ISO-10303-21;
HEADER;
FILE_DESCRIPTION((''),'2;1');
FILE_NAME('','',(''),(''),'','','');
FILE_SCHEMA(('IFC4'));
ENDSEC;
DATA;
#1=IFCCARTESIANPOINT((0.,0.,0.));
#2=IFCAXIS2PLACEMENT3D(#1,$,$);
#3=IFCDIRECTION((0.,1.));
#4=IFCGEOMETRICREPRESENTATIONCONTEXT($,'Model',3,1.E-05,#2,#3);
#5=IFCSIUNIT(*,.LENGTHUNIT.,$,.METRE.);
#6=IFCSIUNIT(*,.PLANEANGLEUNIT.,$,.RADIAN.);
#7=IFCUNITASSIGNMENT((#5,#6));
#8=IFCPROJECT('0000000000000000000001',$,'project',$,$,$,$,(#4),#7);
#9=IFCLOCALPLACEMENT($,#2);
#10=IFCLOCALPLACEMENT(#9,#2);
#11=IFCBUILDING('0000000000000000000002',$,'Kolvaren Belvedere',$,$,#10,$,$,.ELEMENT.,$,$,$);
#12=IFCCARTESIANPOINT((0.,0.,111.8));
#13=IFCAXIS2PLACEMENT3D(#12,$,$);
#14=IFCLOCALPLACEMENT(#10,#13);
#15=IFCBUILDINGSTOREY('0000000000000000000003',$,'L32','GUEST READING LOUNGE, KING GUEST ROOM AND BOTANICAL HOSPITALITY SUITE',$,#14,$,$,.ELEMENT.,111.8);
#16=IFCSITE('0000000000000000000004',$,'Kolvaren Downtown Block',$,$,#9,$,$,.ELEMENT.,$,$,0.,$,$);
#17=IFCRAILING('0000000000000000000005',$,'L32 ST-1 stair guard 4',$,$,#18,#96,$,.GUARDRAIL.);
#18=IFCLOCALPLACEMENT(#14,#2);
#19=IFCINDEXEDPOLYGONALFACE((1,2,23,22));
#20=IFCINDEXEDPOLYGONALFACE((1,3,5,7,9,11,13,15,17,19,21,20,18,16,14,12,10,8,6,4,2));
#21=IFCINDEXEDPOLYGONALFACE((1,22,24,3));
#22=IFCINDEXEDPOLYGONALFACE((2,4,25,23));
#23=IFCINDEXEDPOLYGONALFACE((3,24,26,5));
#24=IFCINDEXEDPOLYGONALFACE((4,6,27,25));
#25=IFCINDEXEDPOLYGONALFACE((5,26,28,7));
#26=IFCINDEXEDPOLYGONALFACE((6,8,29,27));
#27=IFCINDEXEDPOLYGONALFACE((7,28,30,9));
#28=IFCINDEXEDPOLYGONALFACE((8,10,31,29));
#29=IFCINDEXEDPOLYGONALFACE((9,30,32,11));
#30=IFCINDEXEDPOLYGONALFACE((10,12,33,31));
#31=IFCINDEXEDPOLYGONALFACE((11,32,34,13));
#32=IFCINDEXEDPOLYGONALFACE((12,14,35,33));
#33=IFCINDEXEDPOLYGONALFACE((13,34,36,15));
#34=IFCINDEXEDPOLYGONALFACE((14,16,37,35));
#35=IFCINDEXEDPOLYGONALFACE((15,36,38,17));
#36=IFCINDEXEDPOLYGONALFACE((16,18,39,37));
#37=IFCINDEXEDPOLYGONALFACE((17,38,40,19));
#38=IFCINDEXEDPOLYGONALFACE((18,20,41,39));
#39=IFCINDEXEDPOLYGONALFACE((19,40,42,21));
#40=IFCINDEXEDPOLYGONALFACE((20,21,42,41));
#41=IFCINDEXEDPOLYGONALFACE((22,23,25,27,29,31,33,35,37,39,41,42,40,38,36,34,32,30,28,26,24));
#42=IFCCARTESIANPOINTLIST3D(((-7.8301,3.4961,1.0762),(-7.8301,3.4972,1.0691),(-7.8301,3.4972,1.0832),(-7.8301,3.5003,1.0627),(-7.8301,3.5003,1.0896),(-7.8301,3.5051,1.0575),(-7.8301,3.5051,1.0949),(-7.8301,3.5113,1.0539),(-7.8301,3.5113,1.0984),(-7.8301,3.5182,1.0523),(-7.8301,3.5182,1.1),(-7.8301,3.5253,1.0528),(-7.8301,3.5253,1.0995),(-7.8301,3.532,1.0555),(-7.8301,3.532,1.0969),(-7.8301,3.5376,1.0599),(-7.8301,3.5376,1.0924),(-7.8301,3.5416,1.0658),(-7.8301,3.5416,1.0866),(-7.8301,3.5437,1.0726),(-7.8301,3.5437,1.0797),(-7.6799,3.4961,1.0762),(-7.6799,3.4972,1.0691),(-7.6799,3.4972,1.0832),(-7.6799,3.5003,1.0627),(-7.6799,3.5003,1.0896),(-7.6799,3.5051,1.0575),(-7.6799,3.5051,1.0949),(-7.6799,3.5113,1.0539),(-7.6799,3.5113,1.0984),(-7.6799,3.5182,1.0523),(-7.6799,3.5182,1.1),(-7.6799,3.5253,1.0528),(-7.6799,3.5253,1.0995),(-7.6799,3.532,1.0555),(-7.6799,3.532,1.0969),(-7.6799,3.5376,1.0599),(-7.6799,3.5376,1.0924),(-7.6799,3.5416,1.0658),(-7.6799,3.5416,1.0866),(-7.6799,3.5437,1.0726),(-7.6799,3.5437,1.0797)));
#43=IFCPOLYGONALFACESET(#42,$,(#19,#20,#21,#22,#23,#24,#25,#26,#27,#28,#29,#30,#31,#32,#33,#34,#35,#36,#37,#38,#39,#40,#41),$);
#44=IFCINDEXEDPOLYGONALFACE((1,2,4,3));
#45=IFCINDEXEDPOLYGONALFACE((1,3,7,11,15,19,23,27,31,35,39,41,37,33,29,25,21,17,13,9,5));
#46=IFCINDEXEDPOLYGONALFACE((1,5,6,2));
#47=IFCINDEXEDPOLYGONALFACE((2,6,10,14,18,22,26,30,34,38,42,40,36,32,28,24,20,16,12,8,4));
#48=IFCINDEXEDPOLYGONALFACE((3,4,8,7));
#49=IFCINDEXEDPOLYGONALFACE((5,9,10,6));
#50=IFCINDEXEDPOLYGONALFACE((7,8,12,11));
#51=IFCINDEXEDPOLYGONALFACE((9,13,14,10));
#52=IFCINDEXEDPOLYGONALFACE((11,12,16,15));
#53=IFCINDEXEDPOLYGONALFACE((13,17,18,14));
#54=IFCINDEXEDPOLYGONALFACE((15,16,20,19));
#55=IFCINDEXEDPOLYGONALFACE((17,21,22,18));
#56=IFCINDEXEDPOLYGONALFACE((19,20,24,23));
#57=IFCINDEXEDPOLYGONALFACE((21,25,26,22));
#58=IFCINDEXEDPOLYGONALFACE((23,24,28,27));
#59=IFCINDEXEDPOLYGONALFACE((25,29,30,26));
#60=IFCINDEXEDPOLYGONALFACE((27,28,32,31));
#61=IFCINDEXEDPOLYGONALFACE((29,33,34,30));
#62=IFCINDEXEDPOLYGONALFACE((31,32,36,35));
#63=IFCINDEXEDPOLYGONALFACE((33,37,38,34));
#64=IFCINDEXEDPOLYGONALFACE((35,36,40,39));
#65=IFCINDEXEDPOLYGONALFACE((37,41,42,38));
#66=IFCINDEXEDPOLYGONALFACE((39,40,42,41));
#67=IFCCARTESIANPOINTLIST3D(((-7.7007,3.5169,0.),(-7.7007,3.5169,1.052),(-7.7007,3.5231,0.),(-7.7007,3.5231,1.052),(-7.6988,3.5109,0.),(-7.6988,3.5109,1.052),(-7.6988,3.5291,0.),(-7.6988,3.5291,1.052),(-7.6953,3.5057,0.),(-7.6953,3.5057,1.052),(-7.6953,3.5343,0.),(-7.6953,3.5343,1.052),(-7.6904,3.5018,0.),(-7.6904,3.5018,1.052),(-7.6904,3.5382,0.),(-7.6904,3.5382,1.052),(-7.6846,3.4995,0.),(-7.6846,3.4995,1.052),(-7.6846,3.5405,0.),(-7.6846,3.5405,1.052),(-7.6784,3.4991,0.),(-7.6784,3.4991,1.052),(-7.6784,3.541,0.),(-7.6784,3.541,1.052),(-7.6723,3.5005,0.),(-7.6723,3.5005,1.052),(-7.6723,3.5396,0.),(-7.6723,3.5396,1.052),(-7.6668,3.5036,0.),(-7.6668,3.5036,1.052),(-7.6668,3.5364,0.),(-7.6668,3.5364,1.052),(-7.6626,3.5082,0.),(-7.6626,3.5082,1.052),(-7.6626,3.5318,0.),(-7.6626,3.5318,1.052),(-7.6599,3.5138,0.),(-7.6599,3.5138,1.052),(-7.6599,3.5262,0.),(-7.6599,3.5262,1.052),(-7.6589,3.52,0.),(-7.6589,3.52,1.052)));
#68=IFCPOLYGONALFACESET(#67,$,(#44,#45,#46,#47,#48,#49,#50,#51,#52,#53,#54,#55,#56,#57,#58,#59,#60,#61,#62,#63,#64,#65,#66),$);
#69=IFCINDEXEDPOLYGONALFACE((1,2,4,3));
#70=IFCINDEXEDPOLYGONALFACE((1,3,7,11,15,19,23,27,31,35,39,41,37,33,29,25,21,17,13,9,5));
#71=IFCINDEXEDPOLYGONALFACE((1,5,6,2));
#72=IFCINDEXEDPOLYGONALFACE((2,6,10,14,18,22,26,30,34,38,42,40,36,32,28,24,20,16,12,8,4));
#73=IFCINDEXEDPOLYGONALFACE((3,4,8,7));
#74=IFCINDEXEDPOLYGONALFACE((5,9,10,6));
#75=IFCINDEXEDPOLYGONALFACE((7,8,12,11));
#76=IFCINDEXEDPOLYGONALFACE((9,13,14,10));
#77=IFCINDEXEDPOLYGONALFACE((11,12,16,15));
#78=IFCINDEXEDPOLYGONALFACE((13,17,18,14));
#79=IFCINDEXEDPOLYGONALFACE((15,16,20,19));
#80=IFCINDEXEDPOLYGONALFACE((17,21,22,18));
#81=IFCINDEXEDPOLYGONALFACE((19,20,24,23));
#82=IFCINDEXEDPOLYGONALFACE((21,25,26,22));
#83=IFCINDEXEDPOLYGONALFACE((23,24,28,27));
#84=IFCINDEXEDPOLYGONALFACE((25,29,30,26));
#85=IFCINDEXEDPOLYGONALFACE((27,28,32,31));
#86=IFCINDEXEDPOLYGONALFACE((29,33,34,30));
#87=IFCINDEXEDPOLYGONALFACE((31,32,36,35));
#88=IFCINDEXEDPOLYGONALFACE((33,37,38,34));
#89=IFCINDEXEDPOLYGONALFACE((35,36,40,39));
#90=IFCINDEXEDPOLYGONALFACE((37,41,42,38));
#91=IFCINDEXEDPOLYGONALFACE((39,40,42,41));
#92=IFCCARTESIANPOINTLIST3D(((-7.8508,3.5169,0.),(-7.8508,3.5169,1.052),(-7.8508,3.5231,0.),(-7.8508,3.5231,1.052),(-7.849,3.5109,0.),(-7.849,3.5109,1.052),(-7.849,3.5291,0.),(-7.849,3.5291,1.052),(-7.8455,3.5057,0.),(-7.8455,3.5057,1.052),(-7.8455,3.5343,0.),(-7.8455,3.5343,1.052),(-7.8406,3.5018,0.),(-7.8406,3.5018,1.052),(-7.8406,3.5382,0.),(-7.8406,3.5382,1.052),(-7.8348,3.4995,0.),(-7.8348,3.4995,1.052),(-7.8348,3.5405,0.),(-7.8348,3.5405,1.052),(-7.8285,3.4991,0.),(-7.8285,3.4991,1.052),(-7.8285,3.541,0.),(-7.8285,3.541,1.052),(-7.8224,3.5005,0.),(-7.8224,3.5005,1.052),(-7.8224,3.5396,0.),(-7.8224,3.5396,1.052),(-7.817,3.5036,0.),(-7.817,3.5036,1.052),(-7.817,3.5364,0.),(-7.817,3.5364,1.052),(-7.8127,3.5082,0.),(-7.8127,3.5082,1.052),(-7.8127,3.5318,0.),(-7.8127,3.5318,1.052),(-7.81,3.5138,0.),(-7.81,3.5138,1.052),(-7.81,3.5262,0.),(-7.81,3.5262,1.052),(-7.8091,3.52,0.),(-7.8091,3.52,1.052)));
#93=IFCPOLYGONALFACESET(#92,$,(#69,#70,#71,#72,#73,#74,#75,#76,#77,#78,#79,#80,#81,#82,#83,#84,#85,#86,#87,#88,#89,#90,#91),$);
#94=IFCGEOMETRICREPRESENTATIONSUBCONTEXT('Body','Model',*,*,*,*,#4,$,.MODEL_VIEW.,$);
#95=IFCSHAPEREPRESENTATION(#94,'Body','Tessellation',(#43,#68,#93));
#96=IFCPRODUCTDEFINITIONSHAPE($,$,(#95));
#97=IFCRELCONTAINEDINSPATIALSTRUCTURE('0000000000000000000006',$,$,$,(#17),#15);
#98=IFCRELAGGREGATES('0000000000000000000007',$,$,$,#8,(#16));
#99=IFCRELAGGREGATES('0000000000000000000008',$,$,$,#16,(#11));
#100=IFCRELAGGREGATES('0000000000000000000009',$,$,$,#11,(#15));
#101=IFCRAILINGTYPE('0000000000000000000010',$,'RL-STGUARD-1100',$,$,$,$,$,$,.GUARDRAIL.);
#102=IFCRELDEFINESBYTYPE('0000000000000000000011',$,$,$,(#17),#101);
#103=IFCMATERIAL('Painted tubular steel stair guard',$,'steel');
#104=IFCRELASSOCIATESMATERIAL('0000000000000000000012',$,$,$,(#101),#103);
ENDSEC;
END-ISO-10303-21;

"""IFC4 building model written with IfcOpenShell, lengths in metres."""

from ifc_helpers import new_model, si_unit, direction, frame, origin, origin_2d, place, context, subcontext, project, spatial, circle, extrude, material, type_object, element, save


model = new_model("IFC4")

# Units and contexts
model_context = context("Model", 3, precision=1e-05, world=origin(), true_north=direction((0.0, 1.0)))
body_context = subcontext(model_context, "Body", "Model", "MODEL_VIEW")
ifc_project = project(units=[si_unit("LENGTHUNIT", "METRE"), si_unit("PLANEANGLEUNIT", "RADIAN")], contexts=[model_context])

# Site, building, storey
site_placement = place(None, origin())
site = spatial("IfcSite", under=ifc_project, at=site_placement, Name="Kolvaren Downtown Block", CompositionType="ELEMENT", RefElevation=0.0)
building_placement = place(site_placement, origin())
building = spatial("IfcBuilding", under=site, at=building_placement, Name="Kolvaren Belvedere", CompositionType="ELEMENT")
storey_placement = place(building_placement, frame((0.0, 0.0, 111.8)))
storey = spatial("IfcBuildingStorey", under=building, at=storey_placement, Name="L32", Description="GUEST READING LOUNGE, KING GUEST ROOM AND BOTANICAL HOSPITALITY SUITE", CompositionType="ELEMENT", Elevation=111.8)

# Railing
ifc_material_1 = material(Name="Painted tubular steel stair guard", Category="steel")
railing_type_1 = type_object("IfcRailingType", Name="RL-STGUARD-1100", PredefinedType="GUARDRAIL", material=ifc_material_1)
railing_1_placement = place(storey_placement, frame((-7.6799, 3.52, 0.0)))
element("IfcRailing", 1, at=railing_1_placement, inside=storey, type_object=railing_type_1, Name="L32 ST-1 stair guard 4", PredefinedType="GUARDRAIL", context=body_context, shape_type="SweptSolid", body=[
    extrude(circle(Radius=0.0239, at=origin_2d()), frame((0.0, 0.0, 1.0762), z_axis=(-1.0, 0.0, 0.0), x_axis=(0.0, -1.0, 0.0)), (0.0, 0.0, 1.0), 0.1501),
    extrude(circle(Radius=0.021, at=origin_2d()), origin(), (0.0, 0.0, 1.0), 1.052),
    extrude(circle(Radius=0.021, at=origin_2d()), frame((-0.1501, 0.0, 0.0)), (0.0, 0.0, 1.0), 1.052),
])

save(model, "model.ifc")
